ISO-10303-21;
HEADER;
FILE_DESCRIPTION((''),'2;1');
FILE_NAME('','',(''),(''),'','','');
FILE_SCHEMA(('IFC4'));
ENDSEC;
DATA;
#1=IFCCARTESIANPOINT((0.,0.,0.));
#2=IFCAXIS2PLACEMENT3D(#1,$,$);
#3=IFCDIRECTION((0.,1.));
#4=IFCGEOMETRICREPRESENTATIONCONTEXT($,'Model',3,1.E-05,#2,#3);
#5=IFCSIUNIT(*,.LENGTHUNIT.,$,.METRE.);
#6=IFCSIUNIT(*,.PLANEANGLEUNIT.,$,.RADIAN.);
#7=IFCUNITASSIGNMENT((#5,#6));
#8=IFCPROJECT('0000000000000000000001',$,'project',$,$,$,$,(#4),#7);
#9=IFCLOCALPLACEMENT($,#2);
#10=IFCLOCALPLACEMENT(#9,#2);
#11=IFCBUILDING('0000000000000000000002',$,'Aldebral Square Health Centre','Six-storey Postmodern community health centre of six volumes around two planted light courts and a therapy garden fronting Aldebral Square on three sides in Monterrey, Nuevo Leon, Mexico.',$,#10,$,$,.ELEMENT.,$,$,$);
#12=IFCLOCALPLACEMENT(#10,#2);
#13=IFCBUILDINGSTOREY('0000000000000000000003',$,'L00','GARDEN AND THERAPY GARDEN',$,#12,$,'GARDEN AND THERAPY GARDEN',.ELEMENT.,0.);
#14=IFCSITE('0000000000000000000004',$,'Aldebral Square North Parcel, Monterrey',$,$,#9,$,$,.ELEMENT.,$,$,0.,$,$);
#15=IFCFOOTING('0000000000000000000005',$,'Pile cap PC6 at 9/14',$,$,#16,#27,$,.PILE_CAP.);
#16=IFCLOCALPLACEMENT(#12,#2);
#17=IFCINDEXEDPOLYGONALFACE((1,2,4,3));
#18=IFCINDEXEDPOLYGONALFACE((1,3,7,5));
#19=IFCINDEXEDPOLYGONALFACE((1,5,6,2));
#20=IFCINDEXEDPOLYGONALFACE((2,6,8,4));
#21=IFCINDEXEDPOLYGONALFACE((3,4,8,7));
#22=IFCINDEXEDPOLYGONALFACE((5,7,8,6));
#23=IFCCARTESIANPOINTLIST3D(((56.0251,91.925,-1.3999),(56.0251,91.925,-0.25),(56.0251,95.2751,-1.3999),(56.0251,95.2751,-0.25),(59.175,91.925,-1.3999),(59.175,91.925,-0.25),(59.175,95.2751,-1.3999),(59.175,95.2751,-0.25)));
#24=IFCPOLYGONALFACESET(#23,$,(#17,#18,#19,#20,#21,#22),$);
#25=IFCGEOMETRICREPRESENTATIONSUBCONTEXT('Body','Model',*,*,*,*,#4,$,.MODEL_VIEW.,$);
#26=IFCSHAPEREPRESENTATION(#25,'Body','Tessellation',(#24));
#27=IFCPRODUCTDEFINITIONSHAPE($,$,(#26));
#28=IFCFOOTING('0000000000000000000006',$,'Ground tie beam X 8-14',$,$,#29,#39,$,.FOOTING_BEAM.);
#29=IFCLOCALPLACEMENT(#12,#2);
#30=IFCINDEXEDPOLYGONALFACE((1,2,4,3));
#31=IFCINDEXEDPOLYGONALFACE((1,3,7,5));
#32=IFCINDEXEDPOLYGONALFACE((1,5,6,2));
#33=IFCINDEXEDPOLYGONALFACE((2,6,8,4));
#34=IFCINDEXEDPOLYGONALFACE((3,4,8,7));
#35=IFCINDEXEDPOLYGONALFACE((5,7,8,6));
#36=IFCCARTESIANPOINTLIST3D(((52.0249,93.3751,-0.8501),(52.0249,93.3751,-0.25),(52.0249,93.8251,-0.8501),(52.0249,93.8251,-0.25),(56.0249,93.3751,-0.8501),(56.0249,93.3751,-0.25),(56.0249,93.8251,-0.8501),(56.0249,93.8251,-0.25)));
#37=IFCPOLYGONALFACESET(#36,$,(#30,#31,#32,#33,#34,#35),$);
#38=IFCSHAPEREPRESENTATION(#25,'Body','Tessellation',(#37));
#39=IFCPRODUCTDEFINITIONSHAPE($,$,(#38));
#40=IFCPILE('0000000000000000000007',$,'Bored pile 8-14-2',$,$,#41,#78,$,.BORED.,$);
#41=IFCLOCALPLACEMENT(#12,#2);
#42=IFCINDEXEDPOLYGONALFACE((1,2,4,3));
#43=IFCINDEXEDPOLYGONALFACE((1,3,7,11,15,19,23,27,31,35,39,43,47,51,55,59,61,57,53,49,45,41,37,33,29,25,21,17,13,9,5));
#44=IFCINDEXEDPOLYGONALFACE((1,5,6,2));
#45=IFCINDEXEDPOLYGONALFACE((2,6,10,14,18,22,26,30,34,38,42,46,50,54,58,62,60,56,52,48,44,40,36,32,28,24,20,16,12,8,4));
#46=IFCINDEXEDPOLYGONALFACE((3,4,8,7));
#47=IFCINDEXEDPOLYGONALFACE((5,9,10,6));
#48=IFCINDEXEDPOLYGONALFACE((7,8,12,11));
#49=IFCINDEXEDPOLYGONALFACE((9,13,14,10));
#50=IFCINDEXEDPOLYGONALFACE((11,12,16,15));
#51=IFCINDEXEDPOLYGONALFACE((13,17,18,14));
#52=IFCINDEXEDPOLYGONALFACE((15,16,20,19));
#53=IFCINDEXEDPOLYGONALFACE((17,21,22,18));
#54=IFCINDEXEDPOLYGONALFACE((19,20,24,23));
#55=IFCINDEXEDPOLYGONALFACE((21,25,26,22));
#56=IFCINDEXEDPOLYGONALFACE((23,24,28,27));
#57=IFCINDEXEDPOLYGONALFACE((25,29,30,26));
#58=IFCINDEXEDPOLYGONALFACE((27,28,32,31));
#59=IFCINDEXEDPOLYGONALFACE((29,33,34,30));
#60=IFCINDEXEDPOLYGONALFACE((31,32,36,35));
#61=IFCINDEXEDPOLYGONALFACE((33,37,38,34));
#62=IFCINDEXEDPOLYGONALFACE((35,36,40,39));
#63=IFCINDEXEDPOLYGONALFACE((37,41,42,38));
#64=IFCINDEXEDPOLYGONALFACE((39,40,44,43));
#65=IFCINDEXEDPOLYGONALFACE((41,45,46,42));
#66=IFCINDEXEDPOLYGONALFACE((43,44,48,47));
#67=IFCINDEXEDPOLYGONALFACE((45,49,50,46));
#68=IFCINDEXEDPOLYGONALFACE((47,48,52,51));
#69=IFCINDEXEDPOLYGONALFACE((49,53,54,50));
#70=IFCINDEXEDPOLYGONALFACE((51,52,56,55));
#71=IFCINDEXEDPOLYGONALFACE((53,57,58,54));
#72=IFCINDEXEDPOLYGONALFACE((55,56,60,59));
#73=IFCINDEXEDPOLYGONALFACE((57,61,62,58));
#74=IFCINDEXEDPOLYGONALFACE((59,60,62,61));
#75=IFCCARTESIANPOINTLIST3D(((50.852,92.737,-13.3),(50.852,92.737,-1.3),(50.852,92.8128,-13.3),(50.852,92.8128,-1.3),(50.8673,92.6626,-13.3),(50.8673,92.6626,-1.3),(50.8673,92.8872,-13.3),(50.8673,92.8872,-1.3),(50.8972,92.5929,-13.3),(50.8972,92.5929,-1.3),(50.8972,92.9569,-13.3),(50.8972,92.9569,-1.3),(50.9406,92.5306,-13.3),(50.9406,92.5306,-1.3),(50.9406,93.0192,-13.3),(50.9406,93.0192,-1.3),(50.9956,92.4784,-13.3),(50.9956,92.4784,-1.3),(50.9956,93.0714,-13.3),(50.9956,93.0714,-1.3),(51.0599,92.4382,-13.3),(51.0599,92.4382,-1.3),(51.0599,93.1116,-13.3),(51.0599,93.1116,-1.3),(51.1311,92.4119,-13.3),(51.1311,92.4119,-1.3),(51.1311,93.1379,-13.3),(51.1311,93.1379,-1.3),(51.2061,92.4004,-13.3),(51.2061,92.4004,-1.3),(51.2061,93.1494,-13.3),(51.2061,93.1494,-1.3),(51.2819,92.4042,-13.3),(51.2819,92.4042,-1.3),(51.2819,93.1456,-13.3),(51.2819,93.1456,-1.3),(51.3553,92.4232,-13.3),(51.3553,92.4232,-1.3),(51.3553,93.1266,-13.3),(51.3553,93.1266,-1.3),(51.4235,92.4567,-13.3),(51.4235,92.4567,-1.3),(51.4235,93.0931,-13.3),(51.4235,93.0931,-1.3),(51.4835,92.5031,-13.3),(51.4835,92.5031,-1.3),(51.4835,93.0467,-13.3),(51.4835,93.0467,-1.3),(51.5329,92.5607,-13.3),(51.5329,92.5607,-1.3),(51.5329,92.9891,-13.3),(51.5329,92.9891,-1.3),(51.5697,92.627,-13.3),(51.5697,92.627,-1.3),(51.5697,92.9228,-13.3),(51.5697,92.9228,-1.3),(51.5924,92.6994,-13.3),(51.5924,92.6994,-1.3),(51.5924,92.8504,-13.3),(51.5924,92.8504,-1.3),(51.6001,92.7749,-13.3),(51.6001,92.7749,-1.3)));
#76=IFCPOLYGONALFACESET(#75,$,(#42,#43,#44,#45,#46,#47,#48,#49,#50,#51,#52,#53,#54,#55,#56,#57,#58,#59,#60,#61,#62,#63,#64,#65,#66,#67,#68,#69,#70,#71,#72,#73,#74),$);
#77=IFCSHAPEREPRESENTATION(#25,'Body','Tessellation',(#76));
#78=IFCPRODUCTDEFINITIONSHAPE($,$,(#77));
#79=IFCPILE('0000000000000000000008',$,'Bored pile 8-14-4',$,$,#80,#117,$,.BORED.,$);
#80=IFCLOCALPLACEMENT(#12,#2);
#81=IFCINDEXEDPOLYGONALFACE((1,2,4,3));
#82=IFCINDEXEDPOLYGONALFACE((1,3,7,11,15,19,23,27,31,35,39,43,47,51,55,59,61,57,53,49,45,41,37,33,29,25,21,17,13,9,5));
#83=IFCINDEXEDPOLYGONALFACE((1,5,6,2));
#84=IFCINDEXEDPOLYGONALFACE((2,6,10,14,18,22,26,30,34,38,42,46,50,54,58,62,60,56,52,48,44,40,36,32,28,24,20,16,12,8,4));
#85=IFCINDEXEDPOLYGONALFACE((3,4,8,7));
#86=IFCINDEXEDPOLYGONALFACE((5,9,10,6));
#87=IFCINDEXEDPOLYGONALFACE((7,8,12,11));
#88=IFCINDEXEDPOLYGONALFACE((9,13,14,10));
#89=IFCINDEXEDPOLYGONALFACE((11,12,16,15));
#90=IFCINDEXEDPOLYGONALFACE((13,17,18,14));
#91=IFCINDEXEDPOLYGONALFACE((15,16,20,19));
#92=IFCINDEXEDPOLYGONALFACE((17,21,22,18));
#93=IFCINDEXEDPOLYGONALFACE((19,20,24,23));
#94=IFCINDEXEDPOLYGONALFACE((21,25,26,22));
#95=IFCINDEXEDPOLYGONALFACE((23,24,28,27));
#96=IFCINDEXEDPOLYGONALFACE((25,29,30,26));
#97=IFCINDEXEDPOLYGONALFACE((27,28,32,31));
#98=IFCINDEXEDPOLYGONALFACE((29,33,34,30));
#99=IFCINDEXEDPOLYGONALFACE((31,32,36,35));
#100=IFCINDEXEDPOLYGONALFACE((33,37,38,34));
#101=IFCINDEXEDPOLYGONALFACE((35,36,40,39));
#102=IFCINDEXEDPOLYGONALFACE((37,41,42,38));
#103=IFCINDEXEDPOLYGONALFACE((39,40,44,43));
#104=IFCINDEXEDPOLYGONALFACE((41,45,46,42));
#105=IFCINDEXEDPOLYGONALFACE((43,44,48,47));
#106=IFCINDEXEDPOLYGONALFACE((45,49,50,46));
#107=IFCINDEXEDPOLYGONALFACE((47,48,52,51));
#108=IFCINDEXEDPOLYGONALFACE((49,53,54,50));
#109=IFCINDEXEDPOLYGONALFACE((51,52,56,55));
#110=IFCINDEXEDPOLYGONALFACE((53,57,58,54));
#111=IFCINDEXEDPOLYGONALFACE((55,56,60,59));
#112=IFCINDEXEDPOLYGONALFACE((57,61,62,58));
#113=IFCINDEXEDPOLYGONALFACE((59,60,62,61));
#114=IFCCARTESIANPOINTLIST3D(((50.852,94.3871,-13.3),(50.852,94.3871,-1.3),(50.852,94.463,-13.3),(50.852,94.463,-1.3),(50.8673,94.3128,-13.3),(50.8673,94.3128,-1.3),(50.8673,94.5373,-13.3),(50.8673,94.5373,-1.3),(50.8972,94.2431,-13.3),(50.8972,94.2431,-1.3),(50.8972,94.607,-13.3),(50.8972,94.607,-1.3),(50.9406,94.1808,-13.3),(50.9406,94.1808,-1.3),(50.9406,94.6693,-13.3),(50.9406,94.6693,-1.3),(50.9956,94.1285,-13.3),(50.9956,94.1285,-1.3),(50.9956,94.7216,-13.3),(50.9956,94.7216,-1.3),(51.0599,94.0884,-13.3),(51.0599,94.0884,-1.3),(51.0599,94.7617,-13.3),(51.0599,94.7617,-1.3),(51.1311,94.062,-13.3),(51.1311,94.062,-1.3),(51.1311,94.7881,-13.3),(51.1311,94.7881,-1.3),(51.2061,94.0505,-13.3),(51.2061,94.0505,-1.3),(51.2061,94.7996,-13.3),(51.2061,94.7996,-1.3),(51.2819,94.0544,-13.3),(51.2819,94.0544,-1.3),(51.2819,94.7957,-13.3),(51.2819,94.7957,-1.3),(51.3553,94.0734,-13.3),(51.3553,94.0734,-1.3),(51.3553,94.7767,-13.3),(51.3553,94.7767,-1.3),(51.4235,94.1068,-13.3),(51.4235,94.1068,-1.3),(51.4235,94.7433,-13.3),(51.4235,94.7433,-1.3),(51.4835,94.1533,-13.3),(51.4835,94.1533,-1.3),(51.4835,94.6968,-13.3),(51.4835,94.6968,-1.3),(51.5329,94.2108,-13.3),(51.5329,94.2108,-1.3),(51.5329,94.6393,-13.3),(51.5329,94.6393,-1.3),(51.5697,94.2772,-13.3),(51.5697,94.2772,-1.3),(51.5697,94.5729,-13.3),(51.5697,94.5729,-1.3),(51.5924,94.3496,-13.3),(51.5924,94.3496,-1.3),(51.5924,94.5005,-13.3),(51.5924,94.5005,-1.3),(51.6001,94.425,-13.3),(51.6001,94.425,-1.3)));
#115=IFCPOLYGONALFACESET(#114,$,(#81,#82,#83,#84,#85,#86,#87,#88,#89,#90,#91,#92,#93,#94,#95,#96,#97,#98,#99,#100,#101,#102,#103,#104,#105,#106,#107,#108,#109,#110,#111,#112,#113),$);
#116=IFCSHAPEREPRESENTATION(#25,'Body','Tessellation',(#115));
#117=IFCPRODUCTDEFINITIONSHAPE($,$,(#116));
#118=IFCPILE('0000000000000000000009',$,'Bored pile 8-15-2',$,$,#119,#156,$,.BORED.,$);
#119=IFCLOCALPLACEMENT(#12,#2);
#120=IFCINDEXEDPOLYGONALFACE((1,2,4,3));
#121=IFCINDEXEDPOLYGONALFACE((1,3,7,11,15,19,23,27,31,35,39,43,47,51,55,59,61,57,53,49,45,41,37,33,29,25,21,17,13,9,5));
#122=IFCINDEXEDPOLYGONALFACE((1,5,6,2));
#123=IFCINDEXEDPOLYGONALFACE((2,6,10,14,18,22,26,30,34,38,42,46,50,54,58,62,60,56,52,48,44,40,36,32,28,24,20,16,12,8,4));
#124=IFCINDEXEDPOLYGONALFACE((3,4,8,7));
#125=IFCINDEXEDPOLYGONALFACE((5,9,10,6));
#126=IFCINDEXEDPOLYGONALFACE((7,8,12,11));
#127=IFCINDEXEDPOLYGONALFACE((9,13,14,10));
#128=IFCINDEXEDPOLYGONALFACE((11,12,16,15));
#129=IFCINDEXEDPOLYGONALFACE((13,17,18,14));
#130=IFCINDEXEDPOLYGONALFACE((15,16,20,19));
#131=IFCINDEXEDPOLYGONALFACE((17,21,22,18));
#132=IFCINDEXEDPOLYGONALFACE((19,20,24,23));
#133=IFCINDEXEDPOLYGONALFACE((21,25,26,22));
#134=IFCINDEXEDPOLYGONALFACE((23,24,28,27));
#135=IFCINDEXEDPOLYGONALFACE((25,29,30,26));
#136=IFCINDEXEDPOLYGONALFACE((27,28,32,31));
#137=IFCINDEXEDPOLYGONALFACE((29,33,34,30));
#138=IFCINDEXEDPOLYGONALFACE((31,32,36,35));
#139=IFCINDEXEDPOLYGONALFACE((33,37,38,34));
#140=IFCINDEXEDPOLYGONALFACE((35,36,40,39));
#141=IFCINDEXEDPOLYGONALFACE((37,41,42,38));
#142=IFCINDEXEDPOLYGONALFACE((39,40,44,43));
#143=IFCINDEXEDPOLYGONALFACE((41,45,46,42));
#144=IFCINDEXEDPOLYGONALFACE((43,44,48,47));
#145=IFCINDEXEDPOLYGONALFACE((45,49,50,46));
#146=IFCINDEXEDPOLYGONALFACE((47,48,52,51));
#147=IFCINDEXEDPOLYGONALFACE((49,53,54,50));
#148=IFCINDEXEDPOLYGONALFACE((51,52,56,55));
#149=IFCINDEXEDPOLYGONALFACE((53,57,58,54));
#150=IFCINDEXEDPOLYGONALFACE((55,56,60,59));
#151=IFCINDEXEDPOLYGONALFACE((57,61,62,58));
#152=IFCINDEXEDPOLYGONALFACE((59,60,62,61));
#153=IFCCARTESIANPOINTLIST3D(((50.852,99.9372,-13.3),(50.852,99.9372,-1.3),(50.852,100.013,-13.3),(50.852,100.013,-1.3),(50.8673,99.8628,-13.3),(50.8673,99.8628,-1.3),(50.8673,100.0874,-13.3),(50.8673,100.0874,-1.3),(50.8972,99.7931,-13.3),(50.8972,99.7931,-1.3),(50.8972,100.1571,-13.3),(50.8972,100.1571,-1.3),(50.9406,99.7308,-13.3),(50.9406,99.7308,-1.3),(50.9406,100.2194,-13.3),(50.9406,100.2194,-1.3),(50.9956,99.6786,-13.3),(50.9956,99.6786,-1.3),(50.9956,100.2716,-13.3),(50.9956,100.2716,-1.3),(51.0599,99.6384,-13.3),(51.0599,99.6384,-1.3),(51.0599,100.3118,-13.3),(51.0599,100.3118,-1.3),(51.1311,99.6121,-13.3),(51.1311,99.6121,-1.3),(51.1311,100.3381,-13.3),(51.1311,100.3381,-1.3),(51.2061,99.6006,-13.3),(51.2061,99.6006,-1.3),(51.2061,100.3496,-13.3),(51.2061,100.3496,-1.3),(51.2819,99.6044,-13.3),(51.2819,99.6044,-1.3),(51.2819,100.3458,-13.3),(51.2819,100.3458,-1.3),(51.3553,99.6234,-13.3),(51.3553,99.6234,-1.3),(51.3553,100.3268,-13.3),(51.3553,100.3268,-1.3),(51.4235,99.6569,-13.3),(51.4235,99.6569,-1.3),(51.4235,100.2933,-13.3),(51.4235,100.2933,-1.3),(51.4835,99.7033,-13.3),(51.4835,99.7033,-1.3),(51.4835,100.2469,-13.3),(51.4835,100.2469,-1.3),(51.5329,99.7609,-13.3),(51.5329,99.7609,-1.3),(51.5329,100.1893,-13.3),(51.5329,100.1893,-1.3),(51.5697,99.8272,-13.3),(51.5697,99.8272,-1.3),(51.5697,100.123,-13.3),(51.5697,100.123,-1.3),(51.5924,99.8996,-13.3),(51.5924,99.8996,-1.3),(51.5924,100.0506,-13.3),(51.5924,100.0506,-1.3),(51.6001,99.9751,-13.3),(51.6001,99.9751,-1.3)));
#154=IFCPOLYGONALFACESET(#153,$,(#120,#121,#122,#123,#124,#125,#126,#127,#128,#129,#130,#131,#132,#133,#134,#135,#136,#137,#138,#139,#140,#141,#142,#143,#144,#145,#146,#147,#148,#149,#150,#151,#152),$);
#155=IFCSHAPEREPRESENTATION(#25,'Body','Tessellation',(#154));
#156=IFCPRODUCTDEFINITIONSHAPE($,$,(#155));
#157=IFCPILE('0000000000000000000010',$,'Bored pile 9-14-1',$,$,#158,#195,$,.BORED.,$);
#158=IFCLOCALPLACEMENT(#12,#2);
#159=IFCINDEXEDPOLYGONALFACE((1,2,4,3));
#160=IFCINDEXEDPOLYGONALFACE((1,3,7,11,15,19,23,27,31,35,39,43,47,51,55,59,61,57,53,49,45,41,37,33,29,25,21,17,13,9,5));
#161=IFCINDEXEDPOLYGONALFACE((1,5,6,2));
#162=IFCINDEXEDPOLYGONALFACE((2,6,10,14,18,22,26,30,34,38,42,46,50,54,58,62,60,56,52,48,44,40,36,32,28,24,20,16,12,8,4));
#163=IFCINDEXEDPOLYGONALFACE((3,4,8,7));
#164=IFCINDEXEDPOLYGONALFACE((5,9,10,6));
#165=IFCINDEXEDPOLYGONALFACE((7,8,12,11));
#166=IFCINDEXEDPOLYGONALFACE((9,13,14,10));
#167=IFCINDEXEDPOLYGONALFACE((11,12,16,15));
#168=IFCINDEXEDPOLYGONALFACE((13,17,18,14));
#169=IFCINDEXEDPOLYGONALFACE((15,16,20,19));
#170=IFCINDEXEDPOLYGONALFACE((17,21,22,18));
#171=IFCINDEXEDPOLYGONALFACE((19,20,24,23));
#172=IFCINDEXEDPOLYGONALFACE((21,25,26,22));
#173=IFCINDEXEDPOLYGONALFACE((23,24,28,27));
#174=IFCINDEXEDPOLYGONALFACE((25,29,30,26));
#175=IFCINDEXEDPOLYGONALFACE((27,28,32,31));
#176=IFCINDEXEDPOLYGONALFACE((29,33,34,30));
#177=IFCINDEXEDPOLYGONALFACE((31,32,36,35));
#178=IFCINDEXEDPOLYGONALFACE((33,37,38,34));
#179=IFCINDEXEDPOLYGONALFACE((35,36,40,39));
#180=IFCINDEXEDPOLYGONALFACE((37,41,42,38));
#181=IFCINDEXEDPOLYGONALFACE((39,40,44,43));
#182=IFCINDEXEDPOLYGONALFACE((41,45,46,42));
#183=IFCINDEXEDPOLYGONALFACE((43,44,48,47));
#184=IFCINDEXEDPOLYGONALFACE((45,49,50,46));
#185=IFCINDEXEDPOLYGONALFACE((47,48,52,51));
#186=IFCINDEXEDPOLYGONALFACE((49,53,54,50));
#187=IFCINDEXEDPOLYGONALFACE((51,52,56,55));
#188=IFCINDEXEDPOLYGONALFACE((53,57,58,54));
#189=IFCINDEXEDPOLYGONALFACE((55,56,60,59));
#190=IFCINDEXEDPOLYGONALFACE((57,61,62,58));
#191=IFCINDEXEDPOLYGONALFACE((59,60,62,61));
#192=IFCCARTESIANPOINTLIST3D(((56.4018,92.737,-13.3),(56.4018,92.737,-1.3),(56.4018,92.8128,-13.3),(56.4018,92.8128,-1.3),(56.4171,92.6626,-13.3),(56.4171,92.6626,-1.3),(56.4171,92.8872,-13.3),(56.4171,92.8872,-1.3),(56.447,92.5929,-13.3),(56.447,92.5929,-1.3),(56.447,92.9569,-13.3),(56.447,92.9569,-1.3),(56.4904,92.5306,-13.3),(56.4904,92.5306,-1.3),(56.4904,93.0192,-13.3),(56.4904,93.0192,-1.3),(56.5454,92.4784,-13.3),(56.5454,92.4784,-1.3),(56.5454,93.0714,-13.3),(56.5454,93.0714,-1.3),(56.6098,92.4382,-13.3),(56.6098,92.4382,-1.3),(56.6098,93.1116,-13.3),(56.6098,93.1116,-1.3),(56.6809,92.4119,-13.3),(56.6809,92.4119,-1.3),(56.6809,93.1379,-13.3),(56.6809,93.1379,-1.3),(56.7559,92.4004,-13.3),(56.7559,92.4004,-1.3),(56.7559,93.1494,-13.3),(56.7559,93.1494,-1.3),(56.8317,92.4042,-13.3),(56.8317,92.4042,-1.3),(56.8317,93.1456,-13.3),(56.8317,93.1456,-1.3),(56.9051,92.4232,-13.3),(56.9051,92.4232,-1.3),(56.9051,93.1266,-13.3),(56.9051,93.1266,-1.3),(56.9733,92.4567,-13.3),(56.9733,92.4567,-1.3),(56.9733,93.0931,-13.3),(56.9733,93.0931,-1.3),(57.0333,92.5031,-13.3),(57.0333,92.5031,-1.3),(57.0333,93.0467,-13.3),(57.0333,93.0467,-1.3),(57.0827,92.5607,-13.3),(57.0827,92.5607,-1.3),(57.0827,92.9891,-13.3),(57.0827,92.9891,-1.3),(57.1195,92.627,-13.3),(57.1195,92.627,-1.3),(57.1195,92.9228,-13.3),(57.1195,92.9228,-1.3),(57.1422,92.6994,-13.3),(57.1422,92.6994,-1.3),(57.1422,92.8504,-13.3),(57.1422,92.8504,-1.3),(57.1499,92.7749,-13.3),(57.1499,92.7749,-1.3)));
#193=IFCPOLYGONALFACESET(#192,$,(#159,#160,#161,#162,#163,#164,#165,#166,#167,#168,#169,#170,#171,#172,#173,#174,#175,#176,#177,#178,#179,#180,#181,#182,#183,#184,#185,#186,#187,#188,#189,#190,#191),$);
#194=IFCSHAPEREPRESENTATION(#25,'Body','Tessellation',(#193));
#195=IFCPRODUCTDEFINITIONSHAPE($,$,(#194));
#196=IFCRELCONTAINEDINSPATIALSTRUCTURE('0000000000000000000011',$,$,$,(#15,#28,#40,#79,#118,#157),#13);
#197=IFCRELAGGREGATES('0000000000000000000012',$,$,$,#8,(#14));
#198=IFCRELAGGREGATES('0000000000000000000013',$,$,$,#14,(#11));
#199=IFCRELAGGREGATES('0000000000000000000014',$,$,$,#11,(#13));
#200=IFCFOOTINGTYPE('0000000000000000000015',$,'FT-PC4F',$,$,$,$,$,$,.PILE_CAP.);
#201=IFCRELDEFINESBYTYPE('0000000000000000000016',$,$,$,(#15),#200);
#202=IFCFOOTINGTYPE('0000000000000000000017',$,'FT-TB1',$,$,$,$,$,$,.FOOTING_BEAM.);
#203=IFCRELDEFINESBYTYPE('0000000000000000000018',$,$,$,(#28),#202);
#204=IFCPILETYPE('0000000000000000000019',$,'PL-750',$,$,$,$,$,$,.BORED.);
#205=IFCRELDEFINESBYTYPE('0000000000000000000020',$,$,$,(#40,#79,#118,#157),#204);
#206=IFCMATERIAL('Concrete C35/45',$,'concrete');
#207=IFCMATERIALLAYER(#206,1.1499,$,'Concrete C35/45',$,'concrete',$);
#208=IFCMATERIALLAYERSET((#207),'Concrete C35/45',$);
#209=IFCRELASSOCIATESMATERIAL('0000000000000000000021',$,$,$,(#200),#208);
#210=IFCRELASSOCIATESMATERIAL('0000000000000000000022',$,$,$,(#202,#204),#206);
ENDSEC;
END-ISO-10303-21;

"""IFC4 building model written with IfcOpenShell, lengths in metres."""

from ifc_helpers import new_model, si_unit, direction, frame, origin, origin_2d, place, context, subcontext, project, spatial, rectangle, circle, extrude, material, layer, layer_set, material_profile, profile_set, type_object, element, save


model = new_model("IFC4")

# Units and contexts
model_context = context("Model", 3, precision=1e-05, world=origin(), true_north=direction((0.0, 1.0)))
body_context = subcontext(model_context, "Body", "Model", "MODEL_VIEW")
ifc_project = project(units=[si_unit("LENGTHUNIT", "METRE"), si_unit("PLANEANGLEUNIT", "RADIAN")], contexts=[model_context])

# Site, building, storey
site_placement = place(None, origin())
site = spatial("IfcSite", under=ifc_project, at=site_placement, Name="Aldebral Square North Parcel, Monterrey", CompositionType="ELEMENT", RefElevation=0.0)
building_placement = place(site_placement, origin())
building = spatial("IfcBuilding", under=site, at=building_placement, Name="Aldebral Square Health Centre", Description="Six-storey Postmodern community health centre of six volumes around two planted light courts and a therapy garden fronting Aldebral Square on three sides in Monterrey, Nuevo Leon, Mexico.", CompositionType="ELEMENT")
storey_placement = place(building_placement, origin())
storey = spatial("IfcBuildingStorey", under=building, at=storey_placement, Name="L00", Description="GARDEN AND THERAPY GARDEN", LongName="GARDEN AND THERAPY GARDEN", CompositionType="ELEMENT", Elevation=0.0)

# Footings
ifc_material_1 = material(Name="Concrete C35/45", Category="concrete")
ifc_layer_1 = layer(ifc_material_1, 1.1499, Name="Concrete C35/45", Category="concrete")
ifc_layer_set_1 = layer_set([ifc_layer_1], Name="Concrete C35/45")
footing_type_1 = type_object("IfcFootingType", Name="FT-PC4F", PredefinedType="PILE_CAP", material=ifc_layer_set_1)
footing_1_placement = place(storey_placement, frame((57.6001, 93.6001, -1.3999), z_axis=(0.0, 0.0, 1.0), x_axis=(1.0, 0.0, 0.0)))
element("IfcFooting", 1, at=footing_1_placement, inside=storey, type_object=footing_type_1, Name="Pile cap PC6 at 9/14", PredefinedType="PILE_CAP", context=body_context, shape_type="SweptSolid", body=[
    extrude(rectangle(XDim=3.1499, YDim=3.3501, at=origin_2d()), origin(), (0.0, 0.0, 1.0), 1.1499),
])
ifc_material_profile_1 = material_profile(ifc_material_1, rectangle(XDim=0.45, YDim=0.6001, at=origin_2d()), Name="RC 450x600")
ifc_profile_set_1 = profile_set([ifc_material_profile_1], Name="Concrete C35/45")
footing_type_2 = type_object("IfcFootingType", Name="FT-TB1", PredefinedType="FOOTING_BEAM", material=ifc_profile_set_1)
footing_2_placement = place(storey_placement, frame((52.0249, 93.6001, -0.55), z_axis=(1.0, 0.0, 0.0), x_axis=(0.0, 1.0, 0.0)))
element("IfcFooting", 2, at=footing_2_placement, inside=storey, type_object=footing_type_2, Name="Ground tie beam X 8-14", PredefinedType="FOOTING_BEAM", context=body_context, shape_type="SweptSolid", body=[
    extrude(rectangle(XDim=0.45, YDim=0.6001, at=origin_2d()), origin(), (0.0, 0.0, 1.0), 4.0),
])

# Piles
ifc_material_profile_2 = material_profile(ifc_material_1, circle(Radius=0.375, at=origin_2d()), Name="PILE D750")
ifc_profile_set_2 = profile_set([ifc_material_profile_2], Name="Concrete C35/45")
pile_type = type_object("IfcPileType", Name="PL-750", PredefinedType="BORED", material=ifc_profile_set_2)
for number, where, z_axis, x_axis, name in (
    (3, (51.2251, 92.7749, -1.3), (0.0, 0.0, -1.0), (1.0, 0.0, 0.0), "Bored pile 8-14-2"),
    (4, (51.2251, 94.425, -1.3), (0.0, 0.0, -1.0), (1.0, 0.0, 0.0), "Bored pile 8-14-4"),
    (5, (51.2251, 99.9751, -1.3), (0.0, 0.0, -1.0), (1.0, 0.0, 0.0), "Bored pile 8-15-2"),
    (6, (56.7749, 92.7749, -1.3), (0.0, 0.0, -1.0), (1.0, 0.0, 0.0), "Bored pile 9-14-1"),
):
    element("IfcPile", number, at=place(storey_placement, frame(where, z_axis=z_axis, x_axis=x_axis)), inside=storey, type_object=pile_type, Name=name, PredefinedType="BORED", context=body_context, shape_type="SweptSolid", body=[
        extrude(circle(Radius=0.375, at=origin_2d()), origin(), (0.0, 0.0, 1.0), 12.0),
    ])

save(model, "model.ifc")
